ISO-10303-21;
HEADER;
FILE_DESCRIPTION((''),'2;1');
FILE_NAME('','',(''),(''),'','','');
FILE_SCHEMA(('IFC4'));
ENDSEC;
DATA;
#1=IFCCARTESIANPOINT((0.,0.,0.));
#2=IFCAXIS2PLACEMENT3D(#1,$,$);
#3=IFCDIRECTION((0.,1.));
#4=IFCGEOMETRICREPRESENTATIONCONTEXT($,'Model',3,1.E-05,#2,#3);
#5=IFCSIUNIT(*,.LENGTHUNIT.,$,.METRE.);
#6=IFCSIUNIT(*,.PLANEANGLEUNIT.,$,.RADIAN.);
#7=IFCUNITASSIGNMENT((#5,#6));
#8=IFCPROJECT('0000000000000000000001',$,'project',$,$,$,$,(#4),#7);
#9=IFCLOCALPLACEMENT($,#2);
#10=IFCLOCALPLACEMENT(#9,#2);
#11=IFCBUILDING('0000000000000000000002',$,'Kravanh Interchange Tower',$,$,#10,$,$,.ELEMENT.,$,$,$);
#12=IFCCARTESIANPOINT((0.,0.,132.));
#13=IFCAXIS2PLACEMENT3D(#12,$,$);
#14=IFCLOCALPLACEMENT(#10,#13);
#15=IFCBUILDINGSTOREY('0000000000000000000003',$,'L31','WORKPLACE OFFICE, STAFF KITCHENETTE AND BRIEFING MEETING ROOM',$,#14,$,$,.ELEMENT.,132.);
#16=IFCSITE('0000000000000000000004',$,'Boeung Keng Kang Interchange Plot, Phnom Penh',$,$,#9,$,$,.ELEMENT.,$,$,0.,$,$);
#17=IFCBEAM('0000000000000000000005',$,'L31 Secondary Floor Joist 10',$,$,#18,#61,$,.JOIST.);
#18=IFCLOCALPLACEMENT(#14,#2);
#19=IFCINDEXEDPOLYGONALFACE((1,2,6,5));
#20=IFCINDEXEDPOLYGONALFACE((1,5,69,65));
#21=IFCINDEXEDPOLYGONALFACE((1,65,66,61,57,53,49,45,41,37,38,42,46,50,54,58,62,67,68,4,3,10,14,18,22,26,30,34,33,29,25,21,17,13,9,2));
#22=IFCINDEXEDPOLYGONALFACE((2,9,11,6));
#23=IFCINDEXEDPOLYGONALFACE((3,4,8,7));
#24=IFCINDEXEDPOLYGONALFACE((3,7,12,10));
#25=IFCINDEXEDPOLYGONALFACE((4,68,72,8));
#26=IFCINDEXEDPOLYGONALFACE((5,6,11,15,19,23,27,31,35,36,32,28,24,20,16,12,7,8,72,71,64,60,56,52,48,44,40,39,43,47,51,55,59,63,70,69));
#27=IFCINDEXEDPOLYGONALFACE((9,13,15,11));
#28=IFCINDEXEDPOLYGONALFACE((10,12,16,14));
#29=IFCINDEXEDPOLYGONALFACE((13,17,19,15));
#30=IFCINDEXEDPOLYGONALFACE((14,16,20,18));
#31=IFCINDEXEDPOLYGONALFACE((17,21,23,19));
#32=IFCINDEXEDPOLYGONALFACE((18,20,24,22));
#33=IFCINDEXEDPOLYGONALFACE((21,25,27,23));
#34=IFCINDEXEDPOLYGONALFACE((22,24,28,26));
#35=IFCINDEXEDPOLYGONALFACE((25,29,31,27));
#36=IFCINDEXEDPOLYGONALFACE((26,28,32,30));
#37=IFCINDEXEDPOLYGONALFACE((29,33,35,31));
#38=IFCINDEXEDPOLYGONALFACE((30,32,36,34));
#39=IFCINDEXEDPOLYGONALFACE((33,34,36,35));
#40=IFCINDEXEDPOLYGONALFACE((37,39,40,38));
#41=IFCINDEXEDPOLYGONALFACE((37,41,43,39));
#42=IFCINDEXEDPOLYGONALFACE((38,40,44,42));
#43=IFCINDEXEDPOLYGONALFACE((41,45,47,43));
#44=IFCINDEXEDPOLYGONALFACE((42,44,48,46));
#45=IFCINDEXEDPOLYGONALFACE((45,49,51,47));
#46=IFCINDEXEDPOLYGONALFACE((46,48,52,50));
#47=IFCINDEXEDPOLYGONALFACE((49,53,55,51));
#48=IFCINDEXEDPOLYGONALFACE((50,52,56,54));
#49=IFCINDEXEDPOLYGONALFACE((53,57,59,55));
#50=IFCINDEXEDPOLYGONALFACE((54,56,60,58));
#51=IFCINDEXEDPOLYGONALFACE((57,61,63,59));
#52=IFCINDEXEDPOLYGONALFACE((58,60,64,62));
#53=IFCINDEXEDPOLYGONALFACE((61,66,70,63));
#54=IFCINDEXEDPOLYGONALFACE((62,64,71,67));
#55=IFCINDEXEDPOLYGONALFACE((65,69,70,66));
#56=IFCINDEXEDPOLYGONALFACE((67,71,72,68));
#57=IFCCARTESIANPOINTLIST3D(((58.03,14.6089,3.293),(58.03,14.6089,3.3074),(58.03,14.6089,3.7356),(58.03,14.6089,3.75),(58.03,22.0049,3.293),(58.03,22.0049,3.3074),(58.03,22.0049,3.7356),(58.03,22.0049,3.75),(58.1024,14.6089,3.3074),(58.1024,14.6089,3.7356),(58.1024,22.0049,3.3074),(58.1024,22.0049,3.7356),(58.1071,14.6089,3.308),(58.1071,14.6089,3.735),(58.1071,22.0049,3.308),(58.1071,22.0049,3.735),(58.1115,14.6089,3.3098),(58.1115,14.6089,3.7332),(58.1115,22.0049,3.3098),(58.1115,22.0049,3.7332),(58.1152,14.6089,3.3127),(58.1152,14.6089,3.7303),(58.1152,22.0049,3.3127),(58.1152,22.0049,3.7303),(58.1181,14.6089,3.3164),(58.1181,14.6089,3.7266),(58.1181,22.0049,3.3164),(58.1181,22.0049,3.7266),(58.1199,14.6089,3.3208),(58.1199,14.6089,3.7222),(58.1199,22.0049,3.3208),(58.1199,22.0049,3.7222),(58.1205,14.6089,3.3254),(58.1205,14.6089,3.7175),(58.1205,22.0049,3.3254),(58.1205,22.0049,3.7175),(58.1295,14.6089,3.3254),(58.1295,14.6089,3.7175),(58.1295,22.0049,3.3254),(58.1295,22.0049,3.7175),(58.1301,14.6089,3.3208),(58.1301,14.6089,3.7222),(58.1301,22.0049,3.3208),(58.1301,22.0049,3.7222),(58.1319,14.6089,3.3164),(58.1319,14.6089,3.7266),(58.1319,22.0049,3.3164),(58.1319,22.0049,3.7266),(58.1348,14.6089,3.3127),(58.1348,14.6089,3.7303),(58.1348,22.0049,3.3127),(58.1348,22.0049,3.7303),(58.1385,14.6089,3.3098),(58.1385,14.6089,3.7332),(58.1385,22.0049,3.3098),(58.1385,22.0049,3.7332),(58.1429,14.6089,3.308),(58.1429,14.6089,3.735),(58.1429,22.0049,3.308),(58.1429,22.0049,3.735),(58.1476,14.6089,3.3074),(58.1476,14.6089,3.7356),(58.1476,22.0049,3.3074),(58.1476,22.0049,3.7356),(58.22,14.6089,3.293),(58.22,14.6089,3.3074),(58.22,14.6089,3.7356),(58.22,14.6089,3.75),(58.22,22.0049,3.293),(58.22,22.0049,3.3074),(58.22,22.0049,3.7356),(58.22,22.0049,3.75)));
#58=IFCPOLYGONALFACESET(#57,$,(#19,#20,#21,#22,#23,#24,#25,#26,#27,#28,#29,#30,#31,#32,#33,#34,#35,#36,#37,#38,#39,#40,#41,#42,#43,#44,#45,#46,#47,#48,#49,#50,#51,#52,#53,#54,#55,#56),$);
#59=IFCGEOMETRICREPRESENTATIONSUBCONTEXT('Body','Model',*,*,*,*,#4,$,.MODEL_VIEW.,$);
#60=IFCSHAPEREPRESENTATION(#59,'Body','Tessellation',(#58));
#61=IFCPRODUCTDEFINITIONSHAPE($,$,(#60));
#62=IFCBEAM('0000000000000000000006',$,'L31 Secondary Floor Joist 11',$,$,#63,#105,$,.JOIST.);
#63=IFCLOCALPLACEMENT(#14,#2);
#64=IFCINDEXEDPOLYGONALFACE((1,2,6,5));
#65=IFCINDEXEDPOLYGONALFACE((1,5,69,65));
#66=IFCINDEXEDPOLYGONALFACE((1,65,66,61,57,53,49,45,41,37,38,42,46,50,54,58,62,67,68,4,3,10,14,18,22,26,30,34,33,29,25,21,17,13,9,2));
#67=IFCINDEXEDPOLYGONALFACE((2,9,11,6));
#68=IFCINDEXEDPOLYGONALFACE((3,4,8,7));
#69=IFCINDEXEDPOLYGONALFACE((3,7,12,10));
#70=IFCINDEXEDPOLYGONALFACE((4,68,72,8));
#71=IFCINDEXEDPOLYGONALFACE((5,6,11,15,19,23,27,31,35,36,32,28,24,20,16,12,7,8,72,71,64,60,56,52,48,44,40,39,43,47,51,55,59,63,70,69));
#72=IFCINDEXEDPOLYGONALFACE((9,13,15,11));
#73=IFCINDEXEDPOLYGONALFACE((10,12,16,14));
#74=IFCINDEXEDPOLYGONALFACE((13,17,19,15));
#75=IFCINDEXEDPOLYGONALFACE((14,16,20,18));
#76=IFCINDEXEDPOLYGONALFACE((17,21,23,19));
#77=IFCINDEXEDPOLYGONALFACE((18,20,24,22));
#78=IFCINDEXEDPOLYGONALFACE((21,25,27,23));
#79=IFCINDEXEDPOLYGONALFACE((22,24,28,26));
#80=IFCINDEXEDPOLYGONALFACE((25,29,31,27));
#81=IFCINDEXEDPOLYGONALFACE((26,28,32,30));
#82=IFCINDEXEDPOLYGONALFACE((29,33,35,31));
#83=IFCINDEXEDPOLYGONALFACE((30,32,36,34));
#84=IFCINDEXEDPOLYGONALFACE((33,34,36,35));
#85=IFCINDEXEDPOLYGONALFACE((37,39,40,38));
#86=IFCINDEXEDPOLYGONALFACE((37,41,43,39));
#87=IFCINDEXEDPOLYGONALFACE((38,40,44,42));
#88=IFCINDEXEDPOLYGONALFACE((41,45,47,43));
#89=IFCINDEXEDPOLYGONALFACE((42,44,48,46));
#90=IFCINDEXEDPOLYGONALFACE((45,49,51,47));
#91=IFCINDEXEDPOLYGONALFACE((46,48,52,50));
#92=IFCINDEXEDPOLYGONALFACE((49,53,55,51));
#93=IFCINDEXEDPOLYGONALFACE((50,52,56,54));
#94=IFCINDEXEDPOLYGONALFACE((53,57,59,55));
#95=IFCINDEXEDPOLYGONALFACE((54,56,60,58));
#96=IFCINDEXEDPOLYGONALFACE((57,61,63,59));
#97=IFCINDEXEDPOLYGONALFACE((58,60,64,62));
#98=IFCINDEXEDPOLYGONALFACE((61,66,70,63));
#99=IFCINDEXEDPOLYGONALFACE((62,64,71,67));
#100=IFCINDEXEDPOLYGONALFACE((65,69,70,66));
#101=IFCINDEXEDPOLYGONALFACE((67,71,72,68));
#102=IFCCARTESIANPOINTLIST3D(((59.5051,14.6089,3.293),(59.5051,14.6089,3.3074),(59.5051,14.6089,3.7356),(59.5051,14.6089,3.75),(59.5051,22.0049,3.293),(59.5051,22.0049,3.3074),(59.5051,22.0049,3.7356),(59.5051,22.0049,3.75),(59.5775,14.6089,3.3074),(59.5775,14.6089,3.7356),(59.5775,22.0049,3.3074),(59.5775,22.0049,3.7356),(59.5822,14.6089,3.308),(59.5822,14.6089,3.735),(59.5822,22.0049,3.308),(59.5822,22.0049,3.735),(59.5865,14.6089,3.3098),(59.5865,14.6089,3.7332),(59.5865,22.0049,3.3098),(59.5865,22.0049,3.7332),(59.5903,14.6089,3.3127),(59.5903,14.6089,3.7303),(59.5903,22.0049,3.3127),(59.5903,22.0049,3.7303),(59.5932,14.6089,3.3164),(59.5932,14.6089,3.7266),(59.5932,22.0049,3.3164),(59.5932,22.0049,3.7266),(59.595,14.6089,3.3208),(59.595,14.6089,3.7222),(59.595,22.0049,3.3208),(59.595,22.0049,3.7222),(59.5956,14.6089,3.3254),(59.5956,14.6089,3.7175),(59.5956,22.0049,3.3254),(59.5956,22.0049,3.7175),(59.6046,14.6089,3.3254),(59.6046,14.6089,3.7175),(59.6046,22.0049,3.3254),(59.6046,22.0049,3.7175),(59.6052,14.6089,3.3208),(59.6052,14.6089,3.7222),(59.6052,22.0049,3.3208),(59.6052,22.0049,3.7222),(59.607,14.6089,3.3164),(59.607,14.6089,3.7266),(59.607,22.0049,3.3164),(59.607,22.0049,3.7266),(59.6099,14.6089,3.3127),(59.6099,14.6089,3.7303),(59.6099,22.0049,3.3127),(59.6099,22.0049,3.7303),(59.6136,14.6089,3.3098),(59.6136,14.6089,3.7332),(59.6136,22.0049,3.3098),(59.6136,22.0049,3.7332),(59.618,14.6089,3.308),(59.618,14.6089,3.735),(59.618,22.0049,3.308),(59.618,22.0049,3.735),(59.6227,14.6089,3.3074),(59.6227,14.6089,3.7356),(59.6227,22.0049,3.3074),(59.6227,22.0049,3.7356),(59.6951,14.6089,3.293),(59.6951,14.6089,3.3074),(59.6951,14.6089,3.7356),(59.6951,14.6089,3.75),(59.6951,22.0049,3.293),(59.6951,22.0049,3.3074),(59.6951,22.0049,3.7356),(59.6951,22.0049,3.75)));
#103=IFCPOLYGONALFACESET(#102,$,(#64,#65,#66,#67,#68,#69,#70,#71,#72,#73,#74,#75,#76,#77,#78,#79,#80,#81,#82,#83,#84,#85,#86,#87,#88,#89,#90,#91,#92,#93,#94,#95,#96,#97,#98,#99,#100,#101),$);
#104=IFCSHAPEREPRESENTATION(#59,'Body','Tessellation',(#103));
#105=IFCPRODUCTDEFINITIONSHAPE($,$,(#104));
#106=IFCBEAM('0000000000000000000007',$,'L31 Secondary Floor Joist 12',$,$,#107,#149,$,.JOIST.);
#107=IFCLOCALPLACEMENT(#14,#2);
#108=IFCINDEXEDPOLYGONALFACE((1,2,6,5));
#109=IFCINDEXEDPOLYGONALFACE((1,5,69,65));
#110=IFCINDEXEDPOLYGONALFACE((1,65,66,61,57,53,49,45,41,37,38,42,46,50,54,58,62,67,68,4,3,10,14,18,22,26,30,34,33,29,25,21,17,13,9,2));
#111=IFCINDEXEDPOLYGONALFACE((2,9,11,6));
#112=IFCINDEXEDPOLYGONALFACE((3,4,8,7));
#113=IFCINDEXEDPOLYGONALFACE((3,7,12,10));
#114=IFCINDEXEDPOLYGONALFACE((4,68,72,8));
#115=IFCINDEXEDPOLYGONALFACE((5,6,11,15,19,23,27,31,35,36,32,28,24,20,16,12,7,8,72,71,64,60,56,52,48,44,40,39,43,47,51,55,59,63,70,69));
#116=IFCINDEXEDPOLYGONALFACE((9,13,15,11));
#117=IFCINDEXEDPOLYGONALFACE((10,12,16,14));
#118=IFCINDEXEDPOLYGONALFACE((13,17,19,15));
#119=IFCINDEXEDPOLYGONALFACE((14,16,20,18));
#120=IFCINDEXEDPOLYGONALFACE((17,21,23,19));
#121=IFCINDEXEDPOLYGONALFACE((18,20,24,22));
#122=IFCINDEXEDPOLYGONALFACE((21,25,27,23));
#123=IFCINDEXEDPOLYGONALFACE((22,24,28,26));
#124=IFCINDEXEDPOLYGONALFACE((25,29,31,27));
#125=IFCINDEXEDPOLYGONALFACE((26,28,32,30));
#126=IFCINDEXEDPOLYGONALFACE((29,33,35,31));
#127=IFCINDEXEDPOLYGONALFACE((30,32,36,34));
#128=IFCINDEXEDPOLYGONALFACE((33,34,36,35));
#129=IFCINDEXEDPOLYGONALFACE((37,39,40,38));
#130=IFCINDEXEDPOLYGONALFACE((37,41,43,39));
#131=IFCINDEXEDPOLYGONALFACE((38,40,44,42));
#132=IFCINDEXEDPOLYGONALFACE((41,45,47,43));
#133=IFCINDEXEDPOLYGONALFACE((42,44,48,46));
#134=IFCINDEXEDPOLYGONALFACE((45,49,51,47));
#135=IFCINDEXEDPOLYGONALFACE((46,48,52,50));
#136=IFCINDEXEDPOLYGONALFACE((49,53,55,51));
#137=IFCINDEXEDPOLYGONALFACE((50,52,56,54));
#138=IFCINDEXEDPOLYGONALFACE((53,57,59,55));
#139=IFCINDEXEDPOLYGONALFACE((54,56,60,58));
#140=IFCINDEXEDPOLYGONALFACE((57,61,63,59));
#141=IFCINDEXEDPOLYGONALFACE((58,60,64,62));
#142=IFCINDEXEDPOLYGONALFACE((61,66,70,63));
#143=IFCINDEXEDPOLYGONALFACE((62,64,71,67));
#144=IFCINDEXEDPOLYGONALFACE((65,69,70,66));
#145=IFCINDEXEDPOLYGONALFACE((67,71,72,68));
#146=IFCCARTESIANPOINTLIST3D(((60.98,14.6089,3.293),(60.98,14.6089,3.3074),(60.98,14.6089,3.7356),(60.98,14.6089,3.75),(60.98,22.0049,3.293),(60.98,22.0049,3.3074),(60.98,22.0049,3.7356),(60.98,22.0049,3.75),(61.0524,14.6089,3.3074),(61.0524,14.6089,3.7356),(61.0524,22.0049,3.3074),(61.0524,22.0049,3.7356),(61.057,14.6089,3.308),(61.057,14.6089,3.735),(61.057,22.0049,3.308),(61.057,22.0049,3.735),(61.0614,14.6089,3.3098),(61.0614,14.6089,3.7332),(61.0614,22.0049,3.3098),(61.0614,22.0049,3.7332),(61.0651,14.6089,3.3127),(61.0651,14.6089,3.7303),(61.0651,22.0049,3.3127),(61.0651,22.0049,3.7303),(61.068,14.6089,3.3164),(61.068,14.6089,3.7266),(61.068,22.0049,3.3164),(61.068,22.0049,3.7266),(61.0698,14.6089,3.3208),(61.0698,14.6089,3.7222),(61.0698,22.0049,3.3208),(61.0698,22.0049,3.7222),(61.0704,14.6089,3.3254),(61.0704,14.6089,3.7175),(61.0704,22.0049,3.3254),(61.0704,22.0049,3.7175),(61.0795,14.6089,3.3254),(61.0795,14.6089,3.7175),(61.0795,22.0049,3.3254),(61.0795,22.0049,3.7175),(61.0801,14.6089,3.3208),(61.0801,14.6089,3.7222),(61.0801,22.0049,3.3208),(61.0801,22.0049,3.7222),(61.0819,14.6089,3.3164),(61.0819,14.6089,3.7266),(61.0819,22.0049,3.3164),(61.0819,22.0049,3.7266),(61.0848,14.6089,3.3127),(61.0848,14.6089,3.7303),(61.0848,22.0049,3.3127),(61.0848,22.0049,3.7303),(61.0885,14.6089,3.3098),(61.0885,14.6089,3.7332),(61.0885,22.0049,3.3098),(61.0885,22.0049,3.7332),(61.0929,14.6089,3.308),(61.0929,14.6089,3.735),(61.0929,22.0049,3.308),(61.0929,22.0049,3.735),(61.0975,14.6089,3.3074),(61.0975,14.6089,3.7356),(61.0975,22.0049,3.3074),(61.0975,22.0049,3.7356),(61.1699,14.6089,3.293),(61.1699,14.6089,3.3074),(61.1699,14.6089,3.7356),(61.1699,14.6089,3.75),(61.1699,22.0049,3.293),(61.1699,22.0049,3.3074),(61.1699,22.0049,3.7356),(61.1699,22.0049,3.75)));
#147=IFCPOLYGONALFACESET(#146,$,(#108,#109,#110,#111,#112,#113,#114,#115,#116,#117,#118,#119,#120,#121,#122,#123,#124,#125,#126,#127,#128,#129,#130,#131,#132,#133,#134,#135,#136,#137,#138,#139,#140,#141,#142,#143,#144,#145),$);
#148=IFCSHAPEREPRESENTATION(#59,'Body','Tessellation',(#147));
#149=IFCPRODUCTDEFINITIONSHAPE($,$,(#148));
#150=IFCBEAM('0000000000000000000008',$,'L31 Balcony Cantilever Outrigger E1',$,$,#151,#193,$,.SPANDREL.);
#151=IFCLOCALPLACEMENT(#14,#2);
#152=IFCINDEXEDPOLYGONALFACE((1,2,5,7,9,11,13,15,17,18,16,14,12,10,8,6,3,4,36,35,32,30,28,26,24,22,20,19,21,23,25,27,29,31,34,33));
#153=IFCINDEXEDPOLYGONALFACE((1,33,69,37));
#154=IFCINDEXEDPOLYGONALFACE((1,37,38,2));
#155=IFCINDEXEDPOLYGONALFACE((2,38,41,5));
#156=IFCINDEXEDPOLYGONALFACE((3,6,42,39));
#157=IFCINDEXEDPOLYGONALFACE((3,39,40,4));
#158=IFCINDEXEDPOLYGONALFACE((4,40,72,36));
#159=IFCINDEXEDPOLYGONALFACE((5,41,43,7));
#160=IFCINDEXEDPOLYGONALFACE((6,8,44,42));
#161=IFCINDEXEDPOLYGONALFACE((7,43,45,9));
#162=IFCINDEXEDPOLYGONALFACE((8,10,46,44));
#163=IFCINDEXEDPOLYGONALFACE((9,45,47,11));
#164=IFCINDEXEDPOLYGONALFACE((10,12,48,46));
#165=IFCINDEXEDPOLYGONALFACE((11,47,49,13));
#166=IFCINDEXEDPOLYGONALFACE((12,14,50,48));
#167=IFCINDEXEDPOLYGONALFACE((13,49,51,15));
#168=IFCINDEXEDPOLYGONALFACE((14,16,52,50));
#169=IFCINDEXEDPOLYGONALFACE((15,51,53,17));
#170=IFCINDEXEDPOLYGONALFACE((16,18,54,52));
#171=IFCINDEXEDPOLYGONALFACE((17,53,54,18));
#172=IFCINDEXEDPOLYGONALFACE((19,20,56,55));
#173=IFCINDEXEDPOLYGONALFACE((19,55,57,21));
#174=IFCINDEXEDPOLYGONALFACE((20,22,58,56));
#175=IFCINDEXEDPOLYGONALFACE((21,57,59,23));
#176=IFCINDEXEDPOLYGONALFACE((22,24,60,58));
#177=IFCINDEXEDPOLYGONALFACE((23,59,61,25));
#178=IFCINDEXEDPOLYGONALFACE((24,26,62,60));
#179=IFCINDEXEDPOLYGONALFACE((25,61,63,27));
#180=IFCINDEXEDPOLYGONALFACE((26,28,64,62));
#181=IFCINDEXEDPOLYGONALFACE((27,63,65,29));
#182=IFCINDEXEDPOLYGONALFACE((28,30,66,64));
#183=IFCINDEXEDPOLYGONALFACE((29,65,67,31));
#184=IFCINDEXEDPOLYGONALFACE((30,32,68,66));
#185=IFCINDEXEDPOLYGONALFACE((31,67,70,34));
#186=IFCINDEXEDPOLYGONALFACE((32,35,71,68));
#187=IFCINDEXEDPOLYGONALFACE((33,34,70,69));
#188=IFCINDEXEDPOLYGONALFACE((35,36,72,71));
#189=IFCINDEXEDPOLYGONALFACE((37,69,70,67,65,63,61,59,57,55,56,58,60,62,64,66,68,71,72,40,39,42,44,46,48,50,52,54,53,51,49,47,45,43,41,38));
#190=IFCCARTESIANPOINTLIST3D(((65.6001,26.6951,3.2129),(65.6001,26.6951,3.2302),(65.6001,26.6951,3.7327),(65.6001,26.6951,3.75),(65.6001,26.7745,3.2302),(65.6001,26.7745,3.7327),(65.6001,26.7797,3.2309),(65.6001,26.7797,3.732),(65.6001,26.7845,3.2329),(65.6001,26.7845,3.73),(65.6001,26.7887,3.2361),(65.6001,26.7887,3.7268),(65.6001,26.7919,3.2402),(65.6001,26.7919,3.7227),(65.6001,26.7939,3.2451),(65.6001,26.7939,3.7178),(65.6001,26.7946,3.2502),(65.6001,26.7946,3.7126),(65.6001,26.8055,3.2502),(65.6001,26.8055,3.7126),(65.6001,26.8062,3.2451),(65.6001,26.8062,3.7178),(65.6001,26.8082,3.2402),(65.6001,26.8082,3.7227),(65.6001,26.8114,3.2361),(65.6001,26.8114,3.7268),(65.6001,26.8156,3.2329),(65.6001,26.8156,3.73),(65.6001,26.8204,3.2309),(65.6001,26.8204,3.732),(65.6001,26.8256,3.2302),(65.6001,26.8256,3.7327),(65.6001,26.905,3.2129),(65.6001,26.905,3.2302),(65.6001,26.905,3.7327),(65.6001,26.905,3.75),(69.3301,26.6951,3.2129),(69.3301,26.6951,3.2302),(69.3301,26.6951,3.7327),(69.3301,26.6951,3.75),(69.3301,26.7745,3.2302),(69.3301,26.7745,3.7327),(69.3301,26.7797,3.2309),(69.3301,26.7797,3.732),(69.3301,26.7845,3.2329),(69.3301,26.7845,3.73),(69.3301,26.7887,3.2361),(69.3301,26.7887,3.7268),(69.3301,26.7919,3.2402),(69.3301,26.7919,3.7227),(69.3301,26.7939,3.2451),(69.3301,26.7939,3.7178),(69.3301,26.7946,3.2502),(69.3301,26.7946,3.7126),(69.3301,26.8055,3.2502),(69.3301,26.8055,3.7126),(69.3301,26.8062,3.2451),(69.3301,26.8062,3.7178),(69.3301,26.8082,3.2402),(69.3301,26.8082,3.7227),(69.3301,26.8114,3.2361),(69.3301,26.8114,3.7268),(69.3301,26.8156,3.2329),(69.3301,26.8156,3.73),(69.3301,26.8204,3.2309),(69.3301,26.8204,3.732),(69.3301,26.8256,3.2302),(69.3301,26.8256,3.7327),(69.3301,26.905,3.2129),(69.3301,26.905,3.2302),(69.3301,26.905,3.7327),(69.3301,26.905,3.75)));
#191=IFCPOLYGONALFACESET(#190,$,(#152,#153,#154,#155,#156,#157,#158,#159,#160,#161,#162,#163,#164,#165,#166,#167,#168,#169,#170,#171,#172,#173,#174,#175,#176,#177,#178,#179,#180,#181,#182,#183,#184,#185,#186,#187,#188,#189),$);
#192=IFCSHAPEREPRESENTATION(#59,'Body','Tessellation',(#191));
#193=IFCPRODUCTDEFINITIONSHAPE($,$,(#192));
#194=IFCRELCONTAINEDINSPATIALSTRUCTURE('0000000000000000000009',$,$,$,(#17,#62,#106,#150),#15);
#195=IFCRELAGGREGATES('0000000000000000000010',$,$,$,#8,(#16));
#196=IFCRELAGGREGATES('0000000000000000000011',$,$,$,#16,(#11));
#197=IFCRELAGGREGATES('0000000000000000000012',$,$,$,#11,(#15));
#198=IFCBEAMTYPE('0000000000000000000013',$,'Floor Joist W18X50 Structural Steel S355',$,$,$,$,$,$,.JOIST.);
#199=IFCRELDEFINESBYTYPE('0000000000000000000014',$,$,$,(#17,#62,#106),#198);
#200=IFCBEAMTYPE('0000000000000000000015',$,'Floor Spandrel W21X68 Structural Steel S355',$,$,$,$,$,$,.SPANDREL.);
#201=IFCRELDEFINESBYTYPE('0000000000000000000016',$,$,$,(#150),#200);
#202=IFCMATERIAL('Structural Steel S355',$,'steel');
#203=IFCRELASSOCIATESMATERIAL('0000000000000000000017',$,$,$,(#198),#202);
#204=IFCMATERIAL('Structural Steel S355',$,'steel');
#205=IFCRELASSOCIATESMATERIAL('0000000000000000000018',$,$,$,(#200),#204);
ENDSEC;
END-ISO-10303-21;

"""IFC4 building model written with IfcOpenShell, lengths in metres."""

from ifc_helpers import new_model, si_unit, direction, frame, origin, origin_2d, place, context, subcontext, project, spatial, i_section, extrude, material, material_profile, profile_set, type_object, element, save


model = new_model("IFC4")

# Units and contexts
model_context = context("Model", 3, precision=1e-05, world=origin(), true_north=direction((0.0, 1.0)))
body_context = subcontext(model_context, "Body", "Model", "MODEL_VIEW")
ifc_project = project(units=[si_unit("LENGTHUNIT", "METRE"), si_unit("PLANEANGLEUNIT", "RADIAN")], contexts=[model_context])

# Site, building, storey
site_placement = place(None, origin())
site = spatial("IfcSite", under=ifc_project, at=site_placement, Name="Boeung Keng Kang Interchange Plot, Phnom Penh", CompositionType="ELEMENT", RefElevation=0.0)
building_placement = place(site_placement, origin())
building = spatial("IfcBuilding", under=site, at=building_placement, Name="Kravanh Interchange Tower", CompositionType="ELEMENT")
storey_placement = place(building_placement, frame((0.0, 0.0, 132.0)))
storey = spatial("IfcBuildingStorey", under=building, at=storey_placement, Name="L31", Description="WORKPLACE OFFICE, STAFF KITCHENETTE AND BRIEFING MEETING ROOM", CompositionType="ELEMENT", Elevation=132.0)

# Beams
ifc_material_1 = material(Name="Structural Steel S355", Category="steel")
ifc_material_profile_1 = material_profile(ifc_material_1, i_section(OverallWidth=0.1899, OverallDepth=0.457, WebThickness=0.009, FlangeThickness=0.0144, FilletRadius=0.0181, at=origin_2d()), Name="W18X50")
ifc_profile_set_1 = profile_set([ifc_material_profile_1], Name="Structural Steel S355")
beam_type_1 = type_object("IfcBeamType", Name="Floor Joist W18X50 Structural Steel S355", PredefinedType="JOIST", material=ifc_profile_set_1)
for number, where, z_axis, x_axis, name in (
    (1, (58.125, 14.6089, 3.5215), (0.0, 1.0, 0.0), (-1.0, 0.0, 0.0), "L31 Secondary Floor Joist 10"),
    (2, (59.6001, 14.6089, 3.5215), (0.0, 1.0, 0.0), (-1.0, 0.0, 0.0), "L31 Secondary Floor Joist 11"),
    (3, (61.075, 14.6089, 3.5215), (0.0, 1.0, 0.0), (-1.0, 0.0, 0.0), "L31 Secondary Floor Joist 12"),
):
    element("IfcBeam", number, at=place(storey_placement, frame(where, z_axis=z_axis, x_axis=x_axis)), inside=storey, type_object=beam_type_1, Name=name, PredefinedType="JOIST", context=body_context, shape_type="SweptSolid", body=[
        extrude(i_section(OverallWidth=0.1899, OverallDepth=0.457, WebThickness=0.009, FlangeThickness=0.0144, FilletRadius=0.0181, at=origin_2d()), origin(), (0.0, 0.0, 1.0), 7.396),
    ])
ifc_material_2 = material(Name="Structural Steel S355", Category="steel")
ifc_material_profile_2 = material_profile(ifc_material_2, i_section(OverallWidth=0.21, OverallDepth=0.5371, WebThickness=0.011, FlangeThickness=0.0173, FilletRadius=0.02, at=origin_2d()), Name="W21X68")
ifc_profile_set_2 = profile_set([ifc_material_profile_2], Name="Structural Steel S355")
beam_type_2 = type_object("IfcBeamType", Name="Floor Spandrel W21X68 Structural Steel S355", PredefinedType="SPANDREL", material=ifc_profile_set_2)
beam_1_placement = place(storey_placement, frame((65.6001, 26.8, 3.4814), z_axis=(1.0, 0.0, 0.0), x_axis=(0.0, 1.0, 0.0)))
element("IfcBeam", 4, at=beam_1_placement, inside=storey, type_object=beam_type_2, Name="L31 Balcony Cantilever Outrigger E1", PredefinedType="SPANDREL", context=body_context, shape_type="SweptSolid", body=[
    extrude(i_section(OverallWidth=0.21, OverallDepth=0.5371, WebThickness=0.011, FlangeThickness=0.0173, FilletRadius=0.02, at=origin_2d()), origin(), (0.0, 0.0, 1.0), 3.73),
])

save(model, "model.ifc")
